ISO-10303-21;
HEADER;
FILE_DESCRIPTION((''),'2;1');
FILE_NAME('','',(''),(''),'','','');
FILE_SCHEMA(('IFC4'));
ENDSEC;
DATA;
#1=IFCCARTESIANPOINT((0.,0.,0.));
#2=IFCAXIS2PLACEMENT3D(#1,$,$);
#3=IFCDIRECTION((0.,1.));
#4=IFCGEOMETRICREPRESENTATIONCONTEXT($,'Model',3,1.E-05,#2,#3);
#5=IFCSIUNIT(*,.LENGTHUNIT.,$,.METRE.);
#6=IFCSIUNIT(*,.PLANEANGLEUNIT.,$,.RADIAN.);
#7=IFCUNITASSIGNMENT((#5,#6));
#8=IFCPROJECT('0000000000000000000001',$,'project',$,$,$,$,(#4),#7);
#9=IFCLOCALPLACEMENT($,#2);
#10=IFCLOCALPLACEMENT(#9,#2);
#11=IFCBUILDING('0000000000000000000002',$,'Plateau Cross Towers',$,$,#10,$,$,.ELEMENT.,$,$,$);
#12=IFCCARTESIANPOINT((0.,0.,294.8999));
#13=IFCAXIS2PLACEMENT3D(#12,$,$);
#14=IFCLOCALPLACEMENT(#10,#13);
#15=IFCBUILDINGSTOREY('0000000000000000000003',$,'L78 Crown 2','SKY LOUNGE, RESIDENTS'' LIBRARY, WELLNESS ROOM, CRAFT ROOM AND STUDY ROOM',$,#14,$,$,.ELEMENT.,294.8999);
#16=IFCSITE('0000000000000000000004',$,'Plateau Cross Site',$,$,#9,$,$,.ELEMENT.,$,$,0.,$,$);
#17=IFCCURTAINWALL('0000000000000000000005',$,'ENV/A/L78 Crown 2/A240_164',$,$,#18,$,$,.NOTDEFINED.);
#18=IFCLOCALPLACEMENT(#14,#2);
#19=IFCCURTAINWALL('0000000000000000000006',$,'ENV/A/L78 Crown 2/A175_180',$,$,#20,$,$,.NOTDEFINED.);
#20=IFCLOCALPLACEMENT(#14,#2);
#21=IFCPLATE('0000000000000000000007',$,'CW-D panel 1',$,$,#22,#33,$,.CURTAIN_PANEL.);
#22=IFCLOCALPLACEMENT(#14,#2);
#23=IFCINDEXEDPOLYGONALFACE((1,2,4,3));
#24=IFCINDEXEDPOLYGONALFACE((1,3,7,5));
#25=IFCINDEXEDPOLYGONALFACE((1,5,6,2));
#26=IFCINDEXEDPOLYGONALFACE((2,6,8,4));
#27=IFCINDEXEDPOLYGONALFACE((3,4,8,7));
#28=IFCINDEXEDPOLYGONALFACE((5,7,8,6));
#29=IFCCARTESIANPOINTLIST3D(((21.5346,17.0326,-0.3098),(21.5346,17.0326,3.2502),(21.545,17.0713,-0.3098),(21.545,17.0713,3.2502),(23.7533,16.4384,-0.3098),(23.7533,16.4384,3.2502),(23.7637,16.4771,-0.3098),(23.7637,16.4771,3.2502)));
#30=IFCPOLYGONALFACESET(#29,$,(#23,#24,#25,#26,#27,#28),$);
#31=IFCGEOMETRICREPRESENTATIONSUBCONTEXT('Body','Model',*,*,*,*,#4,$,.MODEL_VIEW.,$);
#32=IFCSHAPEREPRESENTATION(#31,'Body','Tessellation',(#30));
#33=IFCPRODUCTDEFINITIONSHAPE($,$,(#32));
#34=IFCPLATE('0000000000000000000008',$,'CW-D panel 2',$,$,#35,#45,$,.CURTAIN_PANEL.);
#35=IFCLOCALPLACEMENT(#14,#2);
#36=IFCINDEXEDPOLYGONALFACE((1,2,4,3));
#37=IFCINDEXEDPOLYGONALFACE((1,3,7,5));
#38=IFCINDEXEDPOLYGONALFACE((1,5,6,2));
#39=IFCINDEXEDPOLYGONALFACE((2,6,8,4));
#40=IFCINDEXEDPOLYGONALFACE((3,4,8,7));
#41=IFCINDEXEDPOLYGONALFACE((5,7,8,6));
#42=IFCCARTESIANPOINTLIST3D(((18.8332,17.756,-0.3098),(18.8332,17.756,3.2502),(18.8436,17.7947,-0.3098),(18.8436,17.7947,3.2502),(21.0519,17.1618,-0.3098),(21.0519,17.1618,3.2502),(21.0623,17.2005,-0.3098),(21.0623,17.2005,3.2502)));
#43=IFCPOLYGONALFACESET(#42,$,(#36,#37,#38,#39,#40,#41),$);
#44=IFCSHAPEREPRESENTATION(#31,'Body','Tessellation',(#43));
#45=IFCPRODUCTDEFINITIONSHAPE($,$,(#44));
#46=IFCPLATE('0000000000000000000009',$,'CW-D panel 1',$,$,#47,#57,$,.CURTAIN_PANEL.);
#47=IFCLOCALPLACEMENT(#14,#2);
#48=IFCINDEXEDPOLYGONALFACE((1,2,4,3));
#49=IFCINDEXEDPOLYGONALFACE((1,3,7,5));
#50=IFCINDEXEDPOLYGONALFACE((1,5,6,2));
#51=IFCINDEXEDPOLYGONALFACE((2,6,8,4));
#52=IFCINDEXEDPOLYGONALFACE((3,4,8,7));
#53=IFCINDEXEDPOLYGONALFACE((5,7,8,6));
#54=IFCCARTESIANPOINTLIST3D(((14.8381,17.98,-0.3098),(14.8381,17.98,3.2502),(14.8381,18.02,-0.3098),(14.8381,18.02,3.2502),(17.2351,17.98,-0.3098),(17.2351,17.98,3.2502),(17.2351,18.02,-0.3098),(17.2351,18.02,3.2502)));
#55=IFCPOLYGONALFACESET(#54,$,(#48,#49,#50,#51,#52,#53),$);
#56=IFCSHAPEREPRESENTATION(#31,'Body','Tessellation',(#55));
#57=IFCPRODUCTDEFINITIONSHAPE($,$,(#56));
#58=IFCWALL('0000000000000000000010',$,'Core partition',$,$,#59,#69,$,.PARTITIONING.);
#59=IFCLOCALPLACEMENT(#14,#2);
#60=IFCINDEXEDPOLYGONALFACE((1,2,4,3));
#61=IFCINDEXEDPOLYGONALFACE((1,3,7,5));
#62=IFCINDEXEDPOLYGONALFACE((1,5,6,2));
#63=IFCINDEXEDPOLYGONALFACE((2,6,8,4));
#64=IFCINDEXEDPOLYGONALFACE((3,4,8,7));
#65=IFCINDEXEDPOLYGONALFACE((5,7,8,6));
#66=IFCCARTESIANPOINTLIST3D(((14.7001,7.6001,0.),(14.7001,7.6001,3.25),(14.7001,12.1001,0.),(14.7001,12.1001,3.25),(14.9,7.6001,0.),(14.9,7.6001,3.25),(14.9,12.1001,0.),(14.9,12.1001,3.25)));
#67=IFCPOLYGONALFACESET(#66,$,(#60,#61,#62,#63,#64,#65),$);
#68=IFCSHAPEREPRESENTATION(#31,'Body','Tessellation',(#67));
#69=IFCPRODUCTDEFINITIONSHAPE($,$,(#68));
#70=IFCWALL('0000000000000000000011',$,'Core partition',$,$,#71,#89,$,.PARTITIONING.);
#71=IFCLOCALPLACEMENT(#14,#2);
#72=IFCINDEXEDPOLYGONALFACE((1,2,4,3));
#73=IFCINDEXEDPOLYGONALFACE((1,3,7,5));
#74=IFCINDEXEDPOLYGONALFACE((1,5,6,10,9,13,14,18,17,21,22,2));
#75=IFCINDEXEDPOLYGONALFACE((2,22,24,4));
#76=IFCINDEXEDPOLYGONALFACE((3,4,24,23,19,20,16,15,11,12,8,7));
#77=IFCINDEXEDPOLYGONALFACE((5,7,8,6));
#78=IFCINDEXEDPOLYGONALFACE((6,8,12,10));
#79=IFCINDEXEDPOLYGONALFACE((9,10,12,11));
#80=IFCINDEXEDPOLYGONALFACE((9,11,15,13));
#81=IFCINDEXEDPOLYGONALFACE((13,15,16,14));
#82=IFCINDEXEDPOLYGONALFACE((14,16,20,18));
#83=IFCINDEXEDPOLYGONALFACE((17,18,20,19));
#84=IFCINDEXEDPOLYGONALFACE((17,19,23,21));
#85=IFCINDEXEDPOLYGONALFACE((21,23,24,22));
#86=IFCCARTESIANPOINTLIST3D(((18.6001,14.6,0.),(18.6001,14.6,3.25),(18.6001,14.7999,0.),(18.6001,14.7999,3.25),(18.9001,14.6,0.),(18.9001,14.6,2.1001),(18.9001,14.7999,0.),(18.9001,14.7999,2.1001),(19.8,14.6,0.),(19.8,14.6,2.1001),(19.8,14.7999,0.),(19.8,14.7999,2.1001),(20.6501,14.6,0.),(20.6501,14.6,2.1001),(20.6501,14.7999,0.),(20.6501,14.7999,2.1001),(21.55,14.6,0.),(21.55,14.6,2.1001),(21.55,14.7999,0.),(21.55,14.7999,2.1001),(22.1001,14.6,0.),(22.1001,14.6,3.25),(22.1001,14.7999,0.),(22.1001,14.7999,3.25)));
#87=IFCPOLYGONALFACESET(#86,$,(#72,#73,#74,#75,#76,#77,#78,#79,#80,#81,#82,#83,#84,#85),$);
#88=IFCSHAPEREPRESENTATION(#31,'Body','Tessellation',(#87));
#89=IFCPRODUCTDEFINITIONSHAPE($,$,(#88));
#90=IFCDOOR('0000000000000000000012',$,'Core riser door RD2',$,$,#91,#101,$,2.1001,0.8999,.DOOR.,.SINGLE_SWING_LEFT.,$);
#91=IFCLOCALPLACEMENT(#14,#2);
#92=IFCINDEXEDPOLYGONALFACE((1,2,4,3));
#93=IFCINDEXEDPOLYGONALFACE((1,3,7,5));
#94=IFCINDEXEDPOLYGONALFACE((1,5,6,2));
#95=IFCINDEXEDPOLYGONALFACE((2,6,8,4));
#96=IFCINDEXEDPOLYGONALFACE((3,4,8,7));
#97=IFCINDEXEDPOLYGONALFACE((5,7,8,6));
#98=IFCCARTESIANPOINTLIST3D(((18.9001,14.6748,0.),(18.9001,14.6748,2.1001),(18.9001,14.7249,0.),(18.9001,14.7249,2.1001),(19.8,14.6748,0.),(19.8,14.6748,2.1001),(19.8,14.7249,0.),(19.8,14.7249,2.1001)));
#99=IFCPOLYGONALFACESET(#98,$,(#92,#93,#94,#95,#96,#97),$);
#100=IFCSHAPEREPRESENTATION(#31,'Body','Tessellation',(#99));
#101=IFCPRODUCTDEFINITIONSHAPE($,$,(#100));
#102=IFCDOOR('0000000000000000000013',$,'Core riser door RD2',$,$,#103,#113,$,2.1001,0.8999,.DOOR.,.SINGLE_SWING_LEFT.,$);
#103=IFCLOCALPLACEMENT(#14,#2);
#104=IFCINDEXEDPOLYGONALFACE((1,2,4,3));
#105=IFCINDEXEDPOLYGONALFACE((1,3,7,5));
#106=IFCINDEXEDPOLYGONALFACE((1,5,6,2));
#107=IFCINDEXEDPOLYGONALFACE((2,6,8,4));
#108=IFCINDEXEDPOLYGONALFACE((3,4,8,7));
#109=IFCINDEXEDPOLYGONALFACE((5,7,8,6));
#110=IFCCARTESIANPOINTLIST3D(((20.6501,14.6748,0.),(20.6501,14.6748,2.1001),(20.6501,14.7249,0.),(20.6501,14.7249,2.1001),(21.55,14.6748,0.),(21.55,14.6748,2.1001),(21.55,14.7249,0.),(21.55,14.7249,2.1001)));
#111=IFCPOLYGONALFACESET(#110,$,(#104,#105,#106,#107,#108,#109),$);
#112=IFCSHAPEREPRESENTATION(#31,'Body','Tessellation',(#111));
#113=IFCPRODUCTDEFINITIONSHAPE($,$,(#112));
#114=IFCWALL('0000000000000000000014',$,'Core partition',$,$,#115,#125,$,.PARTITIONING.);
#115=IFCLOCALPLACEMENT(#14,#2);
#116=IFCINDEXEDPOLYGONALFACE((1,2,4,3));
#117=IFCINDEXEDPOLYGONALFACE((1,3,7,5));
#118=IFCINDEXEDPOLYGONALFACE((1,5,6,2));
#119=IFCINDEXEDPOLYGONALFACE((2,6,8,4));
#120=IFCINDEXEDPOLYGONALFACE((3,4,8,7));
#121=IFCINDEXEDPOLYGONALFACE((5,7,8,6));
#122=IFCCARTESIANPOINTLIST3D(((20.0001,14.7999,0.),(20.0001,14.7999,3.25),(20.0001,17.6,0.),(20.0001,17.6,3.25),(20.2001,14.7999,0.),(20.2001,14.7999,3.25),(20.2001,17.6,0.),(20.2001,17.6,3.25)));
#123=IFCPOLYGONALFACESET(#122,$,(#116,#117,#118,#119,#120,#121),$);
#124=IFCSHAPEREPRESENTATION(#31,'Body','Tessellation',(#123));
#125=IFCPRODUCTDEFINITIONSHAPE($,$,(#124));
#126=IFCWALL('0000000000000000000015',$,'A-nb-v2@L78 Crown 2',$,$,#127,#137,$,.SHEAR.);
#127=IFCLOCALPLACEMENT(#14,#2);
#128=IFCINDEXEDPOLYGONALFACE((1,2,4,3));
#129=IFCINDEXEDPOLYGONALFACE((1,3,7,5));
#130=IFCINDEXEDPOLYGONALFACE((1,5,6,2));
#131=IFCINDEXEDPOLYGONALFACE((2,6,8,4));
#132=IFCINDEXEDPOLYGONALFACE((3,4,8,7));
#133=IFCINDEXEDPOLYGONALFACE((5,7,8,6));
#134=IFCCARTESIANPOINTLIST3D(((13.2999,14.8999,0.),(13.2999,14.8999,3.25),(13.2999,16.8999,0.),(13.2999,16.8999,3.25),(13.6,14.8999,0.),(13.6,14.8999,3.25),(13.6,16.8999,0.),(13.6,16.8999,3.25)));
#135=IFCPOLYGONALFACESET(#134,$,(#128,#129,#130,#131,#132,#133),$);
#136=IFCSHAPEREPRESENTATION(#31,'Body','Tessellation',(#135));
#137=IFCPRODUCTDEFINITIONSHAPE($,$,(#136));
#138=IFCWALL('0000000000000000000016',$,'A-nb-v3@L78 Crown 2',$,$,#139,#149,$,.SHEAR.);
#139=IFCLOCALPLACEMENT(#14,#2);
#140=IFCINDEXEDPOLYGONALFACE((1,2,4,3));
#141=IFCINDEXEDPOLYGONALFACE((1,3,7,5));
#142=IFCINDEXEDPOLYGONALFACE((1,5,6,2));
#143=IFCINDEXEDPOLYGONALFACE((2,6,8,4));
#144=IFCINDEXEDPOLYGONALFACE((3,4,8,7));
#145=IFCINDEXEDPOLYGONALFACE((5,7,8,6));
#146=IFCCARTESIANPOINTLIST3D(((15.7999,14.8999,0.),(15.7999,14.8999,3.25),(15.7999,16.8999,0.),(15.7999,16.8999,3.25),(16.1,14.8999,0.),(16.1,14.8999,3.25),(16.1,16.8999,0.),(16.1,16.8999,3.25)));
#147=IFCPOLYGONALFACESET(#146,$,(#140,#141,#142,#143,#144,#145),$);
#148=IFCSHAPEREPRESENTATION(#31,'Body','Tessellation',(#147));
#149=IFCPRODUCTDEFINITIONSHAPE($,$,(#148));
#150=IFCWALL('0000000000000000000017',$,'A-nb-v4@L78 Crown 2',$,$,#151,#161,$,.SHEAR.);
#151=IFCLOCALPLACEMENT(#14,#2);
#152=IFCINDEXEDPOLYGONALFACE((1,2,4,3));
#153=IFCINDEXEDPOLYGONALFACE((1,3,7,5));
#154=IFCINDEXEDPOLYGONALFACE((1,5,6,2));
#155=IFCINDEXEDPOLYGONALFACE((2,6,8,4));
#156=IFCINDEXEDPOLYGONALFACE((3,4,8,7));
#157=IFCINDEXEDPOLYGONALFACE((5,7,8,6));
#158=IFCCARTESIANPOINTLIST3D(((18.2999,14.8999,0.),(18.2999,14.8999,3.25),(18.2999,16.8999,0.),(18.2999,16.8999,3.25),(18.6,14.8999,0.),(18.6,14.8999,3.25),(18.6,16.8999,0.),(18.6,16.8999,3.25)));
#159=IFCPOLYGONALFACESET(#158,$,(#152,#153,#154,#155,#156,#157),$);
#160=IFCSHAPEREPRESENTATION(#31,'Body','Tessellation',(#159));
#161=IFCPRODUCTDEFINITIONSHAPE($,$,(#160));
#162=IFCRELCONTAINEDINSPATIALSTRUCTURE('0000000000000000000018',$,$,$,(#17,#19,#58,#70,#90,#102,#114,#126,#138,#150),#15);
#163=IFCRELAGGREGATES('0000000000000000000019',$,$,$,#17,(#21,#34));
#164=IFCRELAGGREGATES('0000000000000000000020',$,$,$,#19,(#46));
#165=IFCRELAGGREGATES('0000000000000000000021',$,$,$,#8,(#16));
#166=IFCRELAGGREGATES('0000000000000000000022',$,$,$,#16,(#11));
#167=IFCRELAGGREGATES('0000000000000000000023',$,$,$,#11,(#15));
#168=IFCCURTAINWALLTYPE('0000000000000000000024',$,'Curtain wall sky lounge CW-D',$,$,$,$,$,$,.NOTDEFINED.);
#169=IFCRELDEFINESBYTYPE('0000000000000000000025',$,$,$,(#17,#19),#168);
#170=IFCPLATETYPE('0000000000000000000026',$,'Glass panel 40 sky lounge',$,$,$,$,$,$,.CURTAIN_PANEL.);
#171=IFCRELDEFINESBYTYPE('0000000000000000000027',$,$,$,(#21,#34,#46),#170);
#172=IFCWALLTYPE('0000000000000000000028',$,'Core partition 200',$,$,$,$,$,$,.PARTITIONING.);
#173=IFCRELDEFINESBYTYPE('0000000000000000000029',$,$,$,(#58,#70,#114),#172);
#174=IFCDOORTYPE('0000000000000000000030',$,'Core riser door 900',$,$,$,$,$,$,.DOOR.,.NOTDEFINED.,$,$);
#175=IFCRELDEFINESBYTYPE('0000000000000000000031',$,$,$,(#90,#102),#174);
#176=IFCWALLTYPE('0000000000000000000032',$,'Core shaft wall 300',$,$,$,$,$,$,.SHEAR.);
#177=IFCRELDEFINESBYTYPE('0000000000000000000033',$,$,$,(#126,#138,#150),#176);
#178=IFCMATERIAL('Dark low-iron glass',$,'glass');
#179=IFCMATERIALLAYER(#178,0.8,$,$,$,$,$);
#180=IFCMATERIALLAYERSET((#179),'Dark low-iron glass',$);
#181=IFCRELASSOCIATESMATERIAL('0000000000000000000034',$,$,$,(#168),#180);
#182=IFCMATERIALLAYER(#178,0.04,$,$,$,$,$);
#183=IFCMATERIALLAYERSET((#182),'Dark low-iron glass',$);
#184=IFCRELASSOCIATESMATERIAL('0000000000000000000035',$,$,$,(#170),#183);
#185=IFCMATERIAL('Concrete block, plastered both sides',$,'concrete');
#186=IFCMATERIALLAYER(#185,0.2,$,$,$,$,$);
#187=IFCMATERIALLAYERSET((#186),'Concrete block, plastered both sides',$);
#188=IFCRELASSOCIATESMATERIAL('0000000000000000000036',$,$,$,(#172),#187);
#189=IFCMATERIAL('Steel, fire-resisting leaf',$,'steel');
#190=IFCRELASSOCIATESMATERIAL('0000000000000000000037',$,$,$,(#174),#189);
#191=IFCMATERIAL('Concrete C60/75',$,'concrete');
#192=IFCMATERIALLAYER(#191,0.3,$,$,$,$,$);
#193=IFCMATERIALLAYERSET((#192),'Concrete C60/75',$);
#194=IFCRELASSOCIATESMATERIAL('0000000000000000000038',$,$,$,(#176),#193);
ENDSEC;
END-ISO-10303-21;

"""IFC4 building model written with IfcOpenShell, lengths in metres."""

from ifc_helpers import new_model, si_unit, direction, frame, frame_2d, origin, origin_2d, place, context, subcontext, project, spatial, rectangle, extrude, material, layer, layer_set, type_object, element, fill, aggregate, save


model = new_model("IFC4")

# Units and contexts
model_context = context("Model", 3, precision=1e-05, world=origin(), true_north=direction((0.0, 1.0)))
body_context = subcontext(model_context, "Body", "Model", "MODEL_VIEW")
ifc_project = project(units=[si_unit("LENGTHUNIT", "METRE"), si_unit("PLANEANGLEUNIT", "RADIAN")], contexts=[model_context])

# Site, building, storey
site_placement = place(None, origin())
site = spatial("IfcSite", under=ifc_project, at=site_placement, Name="Plateau Cross Site", CompositionType="ELEMENT", RefElevation=0.0)
building_placement = place(site_placement, origin())
building = spatial("IfcBuilding", under=site, at=building_placement, Name="Plateau Cross Towers", CompositionType="ELEMENT")
storey_placement = place(building_placement, frame((0.0, 0.0, 294.8999)))
storey = spatial("IfcBuildingStorey", under=building, at=storey_placement, Name="L78 Crown 2", Description="SKY LOUNGE, RESIDENTS' LIBRARY, WELLNESS ROOM, CRAFT ROOM AND STUDY ROOM", CompositionType="ELEMENT", Elevation=294.8999)

# Shared definitions
ifc_material_1 = material(Name="Concrete C60/75", Category="concrete")

# Shared definitions
ifc_material_2 = material(Name="Dark low-iron glass", Category="glass")
ifc_layer_1 = layer(ifc_material_2, 0.8)
ifc_layer_set_1 = layer_set([ifc_layer_1], Name="Dark low-iron glass")
curtain_wall_type = type_object("IfcCurtainWallType", Name="Curtain wall sky lounge CW-D", PredefinedType="NOTDEFINED", material=ifc_layer_set_1)

# Curtain walls
curtain_wall_1_placement = place(storey_placement, origin())
curtain_wall_1 = element("IfcCurtainWall", 1, at=curtain_wall_1_placement, inside=storey, type_object=curtain_wall_type, Name="ENV/A/L78 Crown 2/A240_164", PredefinedType="NOTDEFINED")
curtain_wall_2_placement = place(storey_placement, origin())
curtain_wall_2 = element("IfcCurtainWall", 2, at=curtain_wall_2_placement, inside=storey, type_object=curtain_wall_type, Name="ENV/A/L78 Crown 2/A175_180", PredefinedType="NOTDEFINED")

# Plates
ifc_layer_2 = layer(ifc_material_2, 0.04)
ifc_layer_set_2 = layer_set([ifc_layer_2], Name="Dark low-iron glass")
plate_type = type_object("IfcPlateType", Name="Glass panel 40 sky lounge", PredefinedType="CURTAIN_PANEL", material=ifc_layer_set_2)
plate_1_placement = place(storey_placement, frame((22.6492, 16.7549, -0.3098), z_axis=(0.0, 0.0, 1.0), x_axis=(-0.965958, 0.258699, 0.0)))
plate_1 = element("IfcPlate", 3, at=plate_1_placement, type_object=plate_type, Name="CW-D panel 1", PredefinedType="CURTAIN_PANEL", context=body_context, shape_type="SweptSolid", body=[
    extrude(rectangle(XDim=2.2969, YDim=0.04, at=origin_2d()), origin(), (0.0, 0.0, 1.0), 3.5601),
])
plate_2_placement = place(storey_placement, frame((19.9478, 17.4783, -0.3098), z_axis=(0.0, 0.0, 1.0), x_axis=(-0.965958, 0.258699, 0.0)))
plate_2 = element("IfcPlate", 4, at=plate_2_placement, type_object=plate_type, Name="CW-D panel 2", PredefinedType="CURTAIN_PANEL", context=body_context, shape_type="SweptSolid", body=[
    extrude(rectangle(XDim=2.2969, YDim=0.04, at=origin_2d()), origin(), (0.0, 0.0, 1.0), 3.5601),
])
aggregate(curtain_wall_1, [plate_1, plate_2])
plate_3_placement = place(storey_placement, frame((16.0366, 18.0, -0.3098), z_axis=(0.0, 0.0, 1.0), x_axis=(-1.0, 0.0, 0.0)))
plate_3 = element("IfcPlate", 5, at=plate_3_placement, type_object=plate_type, Name="CW-D panel 1", PredefinedType="CURTAIN_PANEL", context=body_context, shape_type="SweptSolid", body=[
    extrude(rectangle(XDim=2.397, YDim=0.04, at=origin_2d()), origin(), (0.0, 0.0, 1.0), 3.5601),
])
aggregate(curtain_wall_2, [plate_3])

# Wall
ifc_material_3 = material(Name="Concrete block, plastered both sides", Category="concrete")
ifc_layer_3 = layer(ifc_material_3, 0.2)
ifc_layer_set_3 = layer_set([ifc_layer_3], Name="Concrete block, plastered both sides")
wall_type_1 = type_object("IfcWallType", Name="Core partition 200", PredefinedType="PARTITIONING", material=ifc_layer_set_3)
wall_1_placement = place(storey_placement, frame((14.8, 7.6001, 0.0), z_axis=(0.0, 0.0, 1.0), x_axis=(0.0, 1.0, 0.0)))
element("IfcWall", 6, at=wall_1_placement, inside=storey, type_object=wall_type_1, Name="Core partition", PredefinedType="PARTITIONING", context=body_context, shape_type="SweptSolid", body=[
    extrude(rectangle(XDim=4.5, YDim=0.2, at=frame_2d((2.25, 0.0))), origin(), (0.0, 0.0, 1.0), 3.25),
])

# Wall, openings, doors
wall_2_placement = place(storey_placement, frame((18.6001, 14.7, 0.0), z_axis=(0.0, 0.0, 1.0), x_axis=(1.0, 0.0, 0.0)))
wall_2 = element("IfcWall", 7, at=wall_2_placement, inside=storey, type_object=wall_type_1, Name="Core partition", PredefinedType="PARTITIONING", context=body_context, shape_type="SweptSolid", body=[
    extrude(rectangle(XDim=3.5, YDim=0.2, at=frame_2d((1.75, 0.0))), origin(), (0.0, 0.0, 1.0), 3.25),
])
opening_1_placement = place(wall_2_placement, frame((0.3, 0.0, 0.0)))
opening_1 = element("IfcOpeningElement", 8, at=opening_1_placement, cuts=wall_2, PredefinedType="OPENING", context=body_context, shape_type="SweptSolid", body=[
    extrude(rectangle(XDim=0.8999, YDim=2.1001, at=frame_2d((0.45, 1.05))), frame((0.0, 0.1099, 0.0), z_axis=(0.0, -1.0, 0.0), x_axis=(1.0, 0.0, 0.0)), (0.0, 0.0, 1.0), 0.22),
])
opening_2_placement = place(wall_2_placement, frame((2.05, 0.0, 0.0)))
opening_2 = element("IfcOpeningElement", 9, at=opening_2_placement, cuts=wall_2, PredefinedType="OPENING", context=body_context, shape_type="SweptSolid", body=[
    extrude(rectangle(XDim=0.8999, YDim=2.1001, at=frame_2d((0.45, 1.05))), frame((0.0, 0.1099, 0.0), z_axis=(0.0, -1.0, 0.0), x_axis=(1.0, 0.0, 0.0)), (0.0, 0.0, 1.0), 0.22),
])
ifc_material_4 = material(Name="Steel, fire-resisting leaf", Category="steel")
door_type_1 = type_object("IfcDoorType", Name="Core riser door 900", OperationType="NOTDEFINED", PredefinedType="DOOR", material=ifc_material_4)
door_1_placement = place(opening_1_placement, origin())
door_1 = element("IfcDoor", 10, at=door_1_placement, inside=storey, type_object=door_type_1, Name="Core riser door RD2", OperationType="SINGLE_SWING_LEFT", OverallHeight=2.1001, OverallWidth=0.8999, PredefinedType="DOOR", context=body_context, shape_type="SweptSolid", body=[
    extrude(rectangle(XDim=0.8999, YDim=2.1001, at=frame_2d((0.45, 1.05))), frame((0.0, 0.0249, 0.0), z_axis=(0.0, -1.0, 0.0), x_axis=(1.0, 0.0, 0.0)), (0.0, 0.0, 1.0), 0.05),
])
fill(opening_1, door_1)
door_2_placement = place(opening_2_placement, origin())
door_2 = element("IfcDoor", 11, at=door_2_placement, inside=storey, type_object=door_type_1, Name="Core riser door RD2", OperationType="SINGLE_SWING_LEFT", OverallHeight=2.1001, OverallWidth=0.8999, PredefinedType="DOOR", context=body_context, shape_type="SweptSolid", body=[
    extrude(rectangle(XDim=0.8999, YDim=2.1001, at=frame_2d((0.45, 1.05))), frame((0.0, 0.0249, 0.0), z_axis=(0.0, -1.0, 0.0), x_axis=(1.0, 0.0, 0.0)), (0.0, 0.0, 1.0), 0.05),
])
fill(opening_2, door_2)

# Walls
wall_3_placement = place(storey_placement, frame((20.1001, 14.8, 0.0), z_axis=(0.0, 0.0, 1.0), x_axis=(0.0, 1.0, 0.0)))
element("IfcWall", 12, at=wall_3_placement, inside=storey, type_object=wall_type_1, Name="Core partition", PredefinedType="PARTITIONING", context=body_context, shape_type="SweptSolid", body=[
    extrude(rectangle(XDim=2.8, YDim=0.2, at=frame_2d((1.3999, 0.0))), origin(), (0.0, 0.0, 1.0), 3.25),
])
ifc_layer_4 = layer(ifc_material_1, 0.3)
ifc_layer_set_4 = layer_set([ifc_layer_4], Name="Concrete C60/75")
wall_type_2 = type_object("IfcWallType", Name="Core shaft wall 300", PredefinedType="SHEAR", material=ifc_layer_set_4)
for number, where, z_axis, x_axis, name in (
    (13, (13.45, 14.8999, 0.0), (0.0, 0.0, 1.0), (0.0, 1.0, 0.0), "A-nb-v2@L78 Crown 2"),
    (14, (15.95, 14.8999, 0.0), (0.0, 0.0, 1.0), (0.0, 1.0, 0.0), "A-nb-v3@L78 Crown 2"),
    (15, (18.45, 14.8999, 0.0), (0.0, 0.0, 1.0), (0.0, 1.0, 0.0), "A-nb-v4@L78 Crown 2"),
):
    element("IfcWall", number, at=place(storey_placement, frame(where, z_axis=z_axis, x_axis=x_axis)), inside=storey, type_object=wall_type_2, Name=name, PredefinedType="SHEAR", context=body_context, shape_type="SweptSolid", body=[
        extrude(rectangle(XDim=2.0, YDim=0.3, at=frame_2d((1.0, 0.0))), origin(), (0.0, 0.0, 1.0), 3.25),
    ])

save(model, "model.ifc")
